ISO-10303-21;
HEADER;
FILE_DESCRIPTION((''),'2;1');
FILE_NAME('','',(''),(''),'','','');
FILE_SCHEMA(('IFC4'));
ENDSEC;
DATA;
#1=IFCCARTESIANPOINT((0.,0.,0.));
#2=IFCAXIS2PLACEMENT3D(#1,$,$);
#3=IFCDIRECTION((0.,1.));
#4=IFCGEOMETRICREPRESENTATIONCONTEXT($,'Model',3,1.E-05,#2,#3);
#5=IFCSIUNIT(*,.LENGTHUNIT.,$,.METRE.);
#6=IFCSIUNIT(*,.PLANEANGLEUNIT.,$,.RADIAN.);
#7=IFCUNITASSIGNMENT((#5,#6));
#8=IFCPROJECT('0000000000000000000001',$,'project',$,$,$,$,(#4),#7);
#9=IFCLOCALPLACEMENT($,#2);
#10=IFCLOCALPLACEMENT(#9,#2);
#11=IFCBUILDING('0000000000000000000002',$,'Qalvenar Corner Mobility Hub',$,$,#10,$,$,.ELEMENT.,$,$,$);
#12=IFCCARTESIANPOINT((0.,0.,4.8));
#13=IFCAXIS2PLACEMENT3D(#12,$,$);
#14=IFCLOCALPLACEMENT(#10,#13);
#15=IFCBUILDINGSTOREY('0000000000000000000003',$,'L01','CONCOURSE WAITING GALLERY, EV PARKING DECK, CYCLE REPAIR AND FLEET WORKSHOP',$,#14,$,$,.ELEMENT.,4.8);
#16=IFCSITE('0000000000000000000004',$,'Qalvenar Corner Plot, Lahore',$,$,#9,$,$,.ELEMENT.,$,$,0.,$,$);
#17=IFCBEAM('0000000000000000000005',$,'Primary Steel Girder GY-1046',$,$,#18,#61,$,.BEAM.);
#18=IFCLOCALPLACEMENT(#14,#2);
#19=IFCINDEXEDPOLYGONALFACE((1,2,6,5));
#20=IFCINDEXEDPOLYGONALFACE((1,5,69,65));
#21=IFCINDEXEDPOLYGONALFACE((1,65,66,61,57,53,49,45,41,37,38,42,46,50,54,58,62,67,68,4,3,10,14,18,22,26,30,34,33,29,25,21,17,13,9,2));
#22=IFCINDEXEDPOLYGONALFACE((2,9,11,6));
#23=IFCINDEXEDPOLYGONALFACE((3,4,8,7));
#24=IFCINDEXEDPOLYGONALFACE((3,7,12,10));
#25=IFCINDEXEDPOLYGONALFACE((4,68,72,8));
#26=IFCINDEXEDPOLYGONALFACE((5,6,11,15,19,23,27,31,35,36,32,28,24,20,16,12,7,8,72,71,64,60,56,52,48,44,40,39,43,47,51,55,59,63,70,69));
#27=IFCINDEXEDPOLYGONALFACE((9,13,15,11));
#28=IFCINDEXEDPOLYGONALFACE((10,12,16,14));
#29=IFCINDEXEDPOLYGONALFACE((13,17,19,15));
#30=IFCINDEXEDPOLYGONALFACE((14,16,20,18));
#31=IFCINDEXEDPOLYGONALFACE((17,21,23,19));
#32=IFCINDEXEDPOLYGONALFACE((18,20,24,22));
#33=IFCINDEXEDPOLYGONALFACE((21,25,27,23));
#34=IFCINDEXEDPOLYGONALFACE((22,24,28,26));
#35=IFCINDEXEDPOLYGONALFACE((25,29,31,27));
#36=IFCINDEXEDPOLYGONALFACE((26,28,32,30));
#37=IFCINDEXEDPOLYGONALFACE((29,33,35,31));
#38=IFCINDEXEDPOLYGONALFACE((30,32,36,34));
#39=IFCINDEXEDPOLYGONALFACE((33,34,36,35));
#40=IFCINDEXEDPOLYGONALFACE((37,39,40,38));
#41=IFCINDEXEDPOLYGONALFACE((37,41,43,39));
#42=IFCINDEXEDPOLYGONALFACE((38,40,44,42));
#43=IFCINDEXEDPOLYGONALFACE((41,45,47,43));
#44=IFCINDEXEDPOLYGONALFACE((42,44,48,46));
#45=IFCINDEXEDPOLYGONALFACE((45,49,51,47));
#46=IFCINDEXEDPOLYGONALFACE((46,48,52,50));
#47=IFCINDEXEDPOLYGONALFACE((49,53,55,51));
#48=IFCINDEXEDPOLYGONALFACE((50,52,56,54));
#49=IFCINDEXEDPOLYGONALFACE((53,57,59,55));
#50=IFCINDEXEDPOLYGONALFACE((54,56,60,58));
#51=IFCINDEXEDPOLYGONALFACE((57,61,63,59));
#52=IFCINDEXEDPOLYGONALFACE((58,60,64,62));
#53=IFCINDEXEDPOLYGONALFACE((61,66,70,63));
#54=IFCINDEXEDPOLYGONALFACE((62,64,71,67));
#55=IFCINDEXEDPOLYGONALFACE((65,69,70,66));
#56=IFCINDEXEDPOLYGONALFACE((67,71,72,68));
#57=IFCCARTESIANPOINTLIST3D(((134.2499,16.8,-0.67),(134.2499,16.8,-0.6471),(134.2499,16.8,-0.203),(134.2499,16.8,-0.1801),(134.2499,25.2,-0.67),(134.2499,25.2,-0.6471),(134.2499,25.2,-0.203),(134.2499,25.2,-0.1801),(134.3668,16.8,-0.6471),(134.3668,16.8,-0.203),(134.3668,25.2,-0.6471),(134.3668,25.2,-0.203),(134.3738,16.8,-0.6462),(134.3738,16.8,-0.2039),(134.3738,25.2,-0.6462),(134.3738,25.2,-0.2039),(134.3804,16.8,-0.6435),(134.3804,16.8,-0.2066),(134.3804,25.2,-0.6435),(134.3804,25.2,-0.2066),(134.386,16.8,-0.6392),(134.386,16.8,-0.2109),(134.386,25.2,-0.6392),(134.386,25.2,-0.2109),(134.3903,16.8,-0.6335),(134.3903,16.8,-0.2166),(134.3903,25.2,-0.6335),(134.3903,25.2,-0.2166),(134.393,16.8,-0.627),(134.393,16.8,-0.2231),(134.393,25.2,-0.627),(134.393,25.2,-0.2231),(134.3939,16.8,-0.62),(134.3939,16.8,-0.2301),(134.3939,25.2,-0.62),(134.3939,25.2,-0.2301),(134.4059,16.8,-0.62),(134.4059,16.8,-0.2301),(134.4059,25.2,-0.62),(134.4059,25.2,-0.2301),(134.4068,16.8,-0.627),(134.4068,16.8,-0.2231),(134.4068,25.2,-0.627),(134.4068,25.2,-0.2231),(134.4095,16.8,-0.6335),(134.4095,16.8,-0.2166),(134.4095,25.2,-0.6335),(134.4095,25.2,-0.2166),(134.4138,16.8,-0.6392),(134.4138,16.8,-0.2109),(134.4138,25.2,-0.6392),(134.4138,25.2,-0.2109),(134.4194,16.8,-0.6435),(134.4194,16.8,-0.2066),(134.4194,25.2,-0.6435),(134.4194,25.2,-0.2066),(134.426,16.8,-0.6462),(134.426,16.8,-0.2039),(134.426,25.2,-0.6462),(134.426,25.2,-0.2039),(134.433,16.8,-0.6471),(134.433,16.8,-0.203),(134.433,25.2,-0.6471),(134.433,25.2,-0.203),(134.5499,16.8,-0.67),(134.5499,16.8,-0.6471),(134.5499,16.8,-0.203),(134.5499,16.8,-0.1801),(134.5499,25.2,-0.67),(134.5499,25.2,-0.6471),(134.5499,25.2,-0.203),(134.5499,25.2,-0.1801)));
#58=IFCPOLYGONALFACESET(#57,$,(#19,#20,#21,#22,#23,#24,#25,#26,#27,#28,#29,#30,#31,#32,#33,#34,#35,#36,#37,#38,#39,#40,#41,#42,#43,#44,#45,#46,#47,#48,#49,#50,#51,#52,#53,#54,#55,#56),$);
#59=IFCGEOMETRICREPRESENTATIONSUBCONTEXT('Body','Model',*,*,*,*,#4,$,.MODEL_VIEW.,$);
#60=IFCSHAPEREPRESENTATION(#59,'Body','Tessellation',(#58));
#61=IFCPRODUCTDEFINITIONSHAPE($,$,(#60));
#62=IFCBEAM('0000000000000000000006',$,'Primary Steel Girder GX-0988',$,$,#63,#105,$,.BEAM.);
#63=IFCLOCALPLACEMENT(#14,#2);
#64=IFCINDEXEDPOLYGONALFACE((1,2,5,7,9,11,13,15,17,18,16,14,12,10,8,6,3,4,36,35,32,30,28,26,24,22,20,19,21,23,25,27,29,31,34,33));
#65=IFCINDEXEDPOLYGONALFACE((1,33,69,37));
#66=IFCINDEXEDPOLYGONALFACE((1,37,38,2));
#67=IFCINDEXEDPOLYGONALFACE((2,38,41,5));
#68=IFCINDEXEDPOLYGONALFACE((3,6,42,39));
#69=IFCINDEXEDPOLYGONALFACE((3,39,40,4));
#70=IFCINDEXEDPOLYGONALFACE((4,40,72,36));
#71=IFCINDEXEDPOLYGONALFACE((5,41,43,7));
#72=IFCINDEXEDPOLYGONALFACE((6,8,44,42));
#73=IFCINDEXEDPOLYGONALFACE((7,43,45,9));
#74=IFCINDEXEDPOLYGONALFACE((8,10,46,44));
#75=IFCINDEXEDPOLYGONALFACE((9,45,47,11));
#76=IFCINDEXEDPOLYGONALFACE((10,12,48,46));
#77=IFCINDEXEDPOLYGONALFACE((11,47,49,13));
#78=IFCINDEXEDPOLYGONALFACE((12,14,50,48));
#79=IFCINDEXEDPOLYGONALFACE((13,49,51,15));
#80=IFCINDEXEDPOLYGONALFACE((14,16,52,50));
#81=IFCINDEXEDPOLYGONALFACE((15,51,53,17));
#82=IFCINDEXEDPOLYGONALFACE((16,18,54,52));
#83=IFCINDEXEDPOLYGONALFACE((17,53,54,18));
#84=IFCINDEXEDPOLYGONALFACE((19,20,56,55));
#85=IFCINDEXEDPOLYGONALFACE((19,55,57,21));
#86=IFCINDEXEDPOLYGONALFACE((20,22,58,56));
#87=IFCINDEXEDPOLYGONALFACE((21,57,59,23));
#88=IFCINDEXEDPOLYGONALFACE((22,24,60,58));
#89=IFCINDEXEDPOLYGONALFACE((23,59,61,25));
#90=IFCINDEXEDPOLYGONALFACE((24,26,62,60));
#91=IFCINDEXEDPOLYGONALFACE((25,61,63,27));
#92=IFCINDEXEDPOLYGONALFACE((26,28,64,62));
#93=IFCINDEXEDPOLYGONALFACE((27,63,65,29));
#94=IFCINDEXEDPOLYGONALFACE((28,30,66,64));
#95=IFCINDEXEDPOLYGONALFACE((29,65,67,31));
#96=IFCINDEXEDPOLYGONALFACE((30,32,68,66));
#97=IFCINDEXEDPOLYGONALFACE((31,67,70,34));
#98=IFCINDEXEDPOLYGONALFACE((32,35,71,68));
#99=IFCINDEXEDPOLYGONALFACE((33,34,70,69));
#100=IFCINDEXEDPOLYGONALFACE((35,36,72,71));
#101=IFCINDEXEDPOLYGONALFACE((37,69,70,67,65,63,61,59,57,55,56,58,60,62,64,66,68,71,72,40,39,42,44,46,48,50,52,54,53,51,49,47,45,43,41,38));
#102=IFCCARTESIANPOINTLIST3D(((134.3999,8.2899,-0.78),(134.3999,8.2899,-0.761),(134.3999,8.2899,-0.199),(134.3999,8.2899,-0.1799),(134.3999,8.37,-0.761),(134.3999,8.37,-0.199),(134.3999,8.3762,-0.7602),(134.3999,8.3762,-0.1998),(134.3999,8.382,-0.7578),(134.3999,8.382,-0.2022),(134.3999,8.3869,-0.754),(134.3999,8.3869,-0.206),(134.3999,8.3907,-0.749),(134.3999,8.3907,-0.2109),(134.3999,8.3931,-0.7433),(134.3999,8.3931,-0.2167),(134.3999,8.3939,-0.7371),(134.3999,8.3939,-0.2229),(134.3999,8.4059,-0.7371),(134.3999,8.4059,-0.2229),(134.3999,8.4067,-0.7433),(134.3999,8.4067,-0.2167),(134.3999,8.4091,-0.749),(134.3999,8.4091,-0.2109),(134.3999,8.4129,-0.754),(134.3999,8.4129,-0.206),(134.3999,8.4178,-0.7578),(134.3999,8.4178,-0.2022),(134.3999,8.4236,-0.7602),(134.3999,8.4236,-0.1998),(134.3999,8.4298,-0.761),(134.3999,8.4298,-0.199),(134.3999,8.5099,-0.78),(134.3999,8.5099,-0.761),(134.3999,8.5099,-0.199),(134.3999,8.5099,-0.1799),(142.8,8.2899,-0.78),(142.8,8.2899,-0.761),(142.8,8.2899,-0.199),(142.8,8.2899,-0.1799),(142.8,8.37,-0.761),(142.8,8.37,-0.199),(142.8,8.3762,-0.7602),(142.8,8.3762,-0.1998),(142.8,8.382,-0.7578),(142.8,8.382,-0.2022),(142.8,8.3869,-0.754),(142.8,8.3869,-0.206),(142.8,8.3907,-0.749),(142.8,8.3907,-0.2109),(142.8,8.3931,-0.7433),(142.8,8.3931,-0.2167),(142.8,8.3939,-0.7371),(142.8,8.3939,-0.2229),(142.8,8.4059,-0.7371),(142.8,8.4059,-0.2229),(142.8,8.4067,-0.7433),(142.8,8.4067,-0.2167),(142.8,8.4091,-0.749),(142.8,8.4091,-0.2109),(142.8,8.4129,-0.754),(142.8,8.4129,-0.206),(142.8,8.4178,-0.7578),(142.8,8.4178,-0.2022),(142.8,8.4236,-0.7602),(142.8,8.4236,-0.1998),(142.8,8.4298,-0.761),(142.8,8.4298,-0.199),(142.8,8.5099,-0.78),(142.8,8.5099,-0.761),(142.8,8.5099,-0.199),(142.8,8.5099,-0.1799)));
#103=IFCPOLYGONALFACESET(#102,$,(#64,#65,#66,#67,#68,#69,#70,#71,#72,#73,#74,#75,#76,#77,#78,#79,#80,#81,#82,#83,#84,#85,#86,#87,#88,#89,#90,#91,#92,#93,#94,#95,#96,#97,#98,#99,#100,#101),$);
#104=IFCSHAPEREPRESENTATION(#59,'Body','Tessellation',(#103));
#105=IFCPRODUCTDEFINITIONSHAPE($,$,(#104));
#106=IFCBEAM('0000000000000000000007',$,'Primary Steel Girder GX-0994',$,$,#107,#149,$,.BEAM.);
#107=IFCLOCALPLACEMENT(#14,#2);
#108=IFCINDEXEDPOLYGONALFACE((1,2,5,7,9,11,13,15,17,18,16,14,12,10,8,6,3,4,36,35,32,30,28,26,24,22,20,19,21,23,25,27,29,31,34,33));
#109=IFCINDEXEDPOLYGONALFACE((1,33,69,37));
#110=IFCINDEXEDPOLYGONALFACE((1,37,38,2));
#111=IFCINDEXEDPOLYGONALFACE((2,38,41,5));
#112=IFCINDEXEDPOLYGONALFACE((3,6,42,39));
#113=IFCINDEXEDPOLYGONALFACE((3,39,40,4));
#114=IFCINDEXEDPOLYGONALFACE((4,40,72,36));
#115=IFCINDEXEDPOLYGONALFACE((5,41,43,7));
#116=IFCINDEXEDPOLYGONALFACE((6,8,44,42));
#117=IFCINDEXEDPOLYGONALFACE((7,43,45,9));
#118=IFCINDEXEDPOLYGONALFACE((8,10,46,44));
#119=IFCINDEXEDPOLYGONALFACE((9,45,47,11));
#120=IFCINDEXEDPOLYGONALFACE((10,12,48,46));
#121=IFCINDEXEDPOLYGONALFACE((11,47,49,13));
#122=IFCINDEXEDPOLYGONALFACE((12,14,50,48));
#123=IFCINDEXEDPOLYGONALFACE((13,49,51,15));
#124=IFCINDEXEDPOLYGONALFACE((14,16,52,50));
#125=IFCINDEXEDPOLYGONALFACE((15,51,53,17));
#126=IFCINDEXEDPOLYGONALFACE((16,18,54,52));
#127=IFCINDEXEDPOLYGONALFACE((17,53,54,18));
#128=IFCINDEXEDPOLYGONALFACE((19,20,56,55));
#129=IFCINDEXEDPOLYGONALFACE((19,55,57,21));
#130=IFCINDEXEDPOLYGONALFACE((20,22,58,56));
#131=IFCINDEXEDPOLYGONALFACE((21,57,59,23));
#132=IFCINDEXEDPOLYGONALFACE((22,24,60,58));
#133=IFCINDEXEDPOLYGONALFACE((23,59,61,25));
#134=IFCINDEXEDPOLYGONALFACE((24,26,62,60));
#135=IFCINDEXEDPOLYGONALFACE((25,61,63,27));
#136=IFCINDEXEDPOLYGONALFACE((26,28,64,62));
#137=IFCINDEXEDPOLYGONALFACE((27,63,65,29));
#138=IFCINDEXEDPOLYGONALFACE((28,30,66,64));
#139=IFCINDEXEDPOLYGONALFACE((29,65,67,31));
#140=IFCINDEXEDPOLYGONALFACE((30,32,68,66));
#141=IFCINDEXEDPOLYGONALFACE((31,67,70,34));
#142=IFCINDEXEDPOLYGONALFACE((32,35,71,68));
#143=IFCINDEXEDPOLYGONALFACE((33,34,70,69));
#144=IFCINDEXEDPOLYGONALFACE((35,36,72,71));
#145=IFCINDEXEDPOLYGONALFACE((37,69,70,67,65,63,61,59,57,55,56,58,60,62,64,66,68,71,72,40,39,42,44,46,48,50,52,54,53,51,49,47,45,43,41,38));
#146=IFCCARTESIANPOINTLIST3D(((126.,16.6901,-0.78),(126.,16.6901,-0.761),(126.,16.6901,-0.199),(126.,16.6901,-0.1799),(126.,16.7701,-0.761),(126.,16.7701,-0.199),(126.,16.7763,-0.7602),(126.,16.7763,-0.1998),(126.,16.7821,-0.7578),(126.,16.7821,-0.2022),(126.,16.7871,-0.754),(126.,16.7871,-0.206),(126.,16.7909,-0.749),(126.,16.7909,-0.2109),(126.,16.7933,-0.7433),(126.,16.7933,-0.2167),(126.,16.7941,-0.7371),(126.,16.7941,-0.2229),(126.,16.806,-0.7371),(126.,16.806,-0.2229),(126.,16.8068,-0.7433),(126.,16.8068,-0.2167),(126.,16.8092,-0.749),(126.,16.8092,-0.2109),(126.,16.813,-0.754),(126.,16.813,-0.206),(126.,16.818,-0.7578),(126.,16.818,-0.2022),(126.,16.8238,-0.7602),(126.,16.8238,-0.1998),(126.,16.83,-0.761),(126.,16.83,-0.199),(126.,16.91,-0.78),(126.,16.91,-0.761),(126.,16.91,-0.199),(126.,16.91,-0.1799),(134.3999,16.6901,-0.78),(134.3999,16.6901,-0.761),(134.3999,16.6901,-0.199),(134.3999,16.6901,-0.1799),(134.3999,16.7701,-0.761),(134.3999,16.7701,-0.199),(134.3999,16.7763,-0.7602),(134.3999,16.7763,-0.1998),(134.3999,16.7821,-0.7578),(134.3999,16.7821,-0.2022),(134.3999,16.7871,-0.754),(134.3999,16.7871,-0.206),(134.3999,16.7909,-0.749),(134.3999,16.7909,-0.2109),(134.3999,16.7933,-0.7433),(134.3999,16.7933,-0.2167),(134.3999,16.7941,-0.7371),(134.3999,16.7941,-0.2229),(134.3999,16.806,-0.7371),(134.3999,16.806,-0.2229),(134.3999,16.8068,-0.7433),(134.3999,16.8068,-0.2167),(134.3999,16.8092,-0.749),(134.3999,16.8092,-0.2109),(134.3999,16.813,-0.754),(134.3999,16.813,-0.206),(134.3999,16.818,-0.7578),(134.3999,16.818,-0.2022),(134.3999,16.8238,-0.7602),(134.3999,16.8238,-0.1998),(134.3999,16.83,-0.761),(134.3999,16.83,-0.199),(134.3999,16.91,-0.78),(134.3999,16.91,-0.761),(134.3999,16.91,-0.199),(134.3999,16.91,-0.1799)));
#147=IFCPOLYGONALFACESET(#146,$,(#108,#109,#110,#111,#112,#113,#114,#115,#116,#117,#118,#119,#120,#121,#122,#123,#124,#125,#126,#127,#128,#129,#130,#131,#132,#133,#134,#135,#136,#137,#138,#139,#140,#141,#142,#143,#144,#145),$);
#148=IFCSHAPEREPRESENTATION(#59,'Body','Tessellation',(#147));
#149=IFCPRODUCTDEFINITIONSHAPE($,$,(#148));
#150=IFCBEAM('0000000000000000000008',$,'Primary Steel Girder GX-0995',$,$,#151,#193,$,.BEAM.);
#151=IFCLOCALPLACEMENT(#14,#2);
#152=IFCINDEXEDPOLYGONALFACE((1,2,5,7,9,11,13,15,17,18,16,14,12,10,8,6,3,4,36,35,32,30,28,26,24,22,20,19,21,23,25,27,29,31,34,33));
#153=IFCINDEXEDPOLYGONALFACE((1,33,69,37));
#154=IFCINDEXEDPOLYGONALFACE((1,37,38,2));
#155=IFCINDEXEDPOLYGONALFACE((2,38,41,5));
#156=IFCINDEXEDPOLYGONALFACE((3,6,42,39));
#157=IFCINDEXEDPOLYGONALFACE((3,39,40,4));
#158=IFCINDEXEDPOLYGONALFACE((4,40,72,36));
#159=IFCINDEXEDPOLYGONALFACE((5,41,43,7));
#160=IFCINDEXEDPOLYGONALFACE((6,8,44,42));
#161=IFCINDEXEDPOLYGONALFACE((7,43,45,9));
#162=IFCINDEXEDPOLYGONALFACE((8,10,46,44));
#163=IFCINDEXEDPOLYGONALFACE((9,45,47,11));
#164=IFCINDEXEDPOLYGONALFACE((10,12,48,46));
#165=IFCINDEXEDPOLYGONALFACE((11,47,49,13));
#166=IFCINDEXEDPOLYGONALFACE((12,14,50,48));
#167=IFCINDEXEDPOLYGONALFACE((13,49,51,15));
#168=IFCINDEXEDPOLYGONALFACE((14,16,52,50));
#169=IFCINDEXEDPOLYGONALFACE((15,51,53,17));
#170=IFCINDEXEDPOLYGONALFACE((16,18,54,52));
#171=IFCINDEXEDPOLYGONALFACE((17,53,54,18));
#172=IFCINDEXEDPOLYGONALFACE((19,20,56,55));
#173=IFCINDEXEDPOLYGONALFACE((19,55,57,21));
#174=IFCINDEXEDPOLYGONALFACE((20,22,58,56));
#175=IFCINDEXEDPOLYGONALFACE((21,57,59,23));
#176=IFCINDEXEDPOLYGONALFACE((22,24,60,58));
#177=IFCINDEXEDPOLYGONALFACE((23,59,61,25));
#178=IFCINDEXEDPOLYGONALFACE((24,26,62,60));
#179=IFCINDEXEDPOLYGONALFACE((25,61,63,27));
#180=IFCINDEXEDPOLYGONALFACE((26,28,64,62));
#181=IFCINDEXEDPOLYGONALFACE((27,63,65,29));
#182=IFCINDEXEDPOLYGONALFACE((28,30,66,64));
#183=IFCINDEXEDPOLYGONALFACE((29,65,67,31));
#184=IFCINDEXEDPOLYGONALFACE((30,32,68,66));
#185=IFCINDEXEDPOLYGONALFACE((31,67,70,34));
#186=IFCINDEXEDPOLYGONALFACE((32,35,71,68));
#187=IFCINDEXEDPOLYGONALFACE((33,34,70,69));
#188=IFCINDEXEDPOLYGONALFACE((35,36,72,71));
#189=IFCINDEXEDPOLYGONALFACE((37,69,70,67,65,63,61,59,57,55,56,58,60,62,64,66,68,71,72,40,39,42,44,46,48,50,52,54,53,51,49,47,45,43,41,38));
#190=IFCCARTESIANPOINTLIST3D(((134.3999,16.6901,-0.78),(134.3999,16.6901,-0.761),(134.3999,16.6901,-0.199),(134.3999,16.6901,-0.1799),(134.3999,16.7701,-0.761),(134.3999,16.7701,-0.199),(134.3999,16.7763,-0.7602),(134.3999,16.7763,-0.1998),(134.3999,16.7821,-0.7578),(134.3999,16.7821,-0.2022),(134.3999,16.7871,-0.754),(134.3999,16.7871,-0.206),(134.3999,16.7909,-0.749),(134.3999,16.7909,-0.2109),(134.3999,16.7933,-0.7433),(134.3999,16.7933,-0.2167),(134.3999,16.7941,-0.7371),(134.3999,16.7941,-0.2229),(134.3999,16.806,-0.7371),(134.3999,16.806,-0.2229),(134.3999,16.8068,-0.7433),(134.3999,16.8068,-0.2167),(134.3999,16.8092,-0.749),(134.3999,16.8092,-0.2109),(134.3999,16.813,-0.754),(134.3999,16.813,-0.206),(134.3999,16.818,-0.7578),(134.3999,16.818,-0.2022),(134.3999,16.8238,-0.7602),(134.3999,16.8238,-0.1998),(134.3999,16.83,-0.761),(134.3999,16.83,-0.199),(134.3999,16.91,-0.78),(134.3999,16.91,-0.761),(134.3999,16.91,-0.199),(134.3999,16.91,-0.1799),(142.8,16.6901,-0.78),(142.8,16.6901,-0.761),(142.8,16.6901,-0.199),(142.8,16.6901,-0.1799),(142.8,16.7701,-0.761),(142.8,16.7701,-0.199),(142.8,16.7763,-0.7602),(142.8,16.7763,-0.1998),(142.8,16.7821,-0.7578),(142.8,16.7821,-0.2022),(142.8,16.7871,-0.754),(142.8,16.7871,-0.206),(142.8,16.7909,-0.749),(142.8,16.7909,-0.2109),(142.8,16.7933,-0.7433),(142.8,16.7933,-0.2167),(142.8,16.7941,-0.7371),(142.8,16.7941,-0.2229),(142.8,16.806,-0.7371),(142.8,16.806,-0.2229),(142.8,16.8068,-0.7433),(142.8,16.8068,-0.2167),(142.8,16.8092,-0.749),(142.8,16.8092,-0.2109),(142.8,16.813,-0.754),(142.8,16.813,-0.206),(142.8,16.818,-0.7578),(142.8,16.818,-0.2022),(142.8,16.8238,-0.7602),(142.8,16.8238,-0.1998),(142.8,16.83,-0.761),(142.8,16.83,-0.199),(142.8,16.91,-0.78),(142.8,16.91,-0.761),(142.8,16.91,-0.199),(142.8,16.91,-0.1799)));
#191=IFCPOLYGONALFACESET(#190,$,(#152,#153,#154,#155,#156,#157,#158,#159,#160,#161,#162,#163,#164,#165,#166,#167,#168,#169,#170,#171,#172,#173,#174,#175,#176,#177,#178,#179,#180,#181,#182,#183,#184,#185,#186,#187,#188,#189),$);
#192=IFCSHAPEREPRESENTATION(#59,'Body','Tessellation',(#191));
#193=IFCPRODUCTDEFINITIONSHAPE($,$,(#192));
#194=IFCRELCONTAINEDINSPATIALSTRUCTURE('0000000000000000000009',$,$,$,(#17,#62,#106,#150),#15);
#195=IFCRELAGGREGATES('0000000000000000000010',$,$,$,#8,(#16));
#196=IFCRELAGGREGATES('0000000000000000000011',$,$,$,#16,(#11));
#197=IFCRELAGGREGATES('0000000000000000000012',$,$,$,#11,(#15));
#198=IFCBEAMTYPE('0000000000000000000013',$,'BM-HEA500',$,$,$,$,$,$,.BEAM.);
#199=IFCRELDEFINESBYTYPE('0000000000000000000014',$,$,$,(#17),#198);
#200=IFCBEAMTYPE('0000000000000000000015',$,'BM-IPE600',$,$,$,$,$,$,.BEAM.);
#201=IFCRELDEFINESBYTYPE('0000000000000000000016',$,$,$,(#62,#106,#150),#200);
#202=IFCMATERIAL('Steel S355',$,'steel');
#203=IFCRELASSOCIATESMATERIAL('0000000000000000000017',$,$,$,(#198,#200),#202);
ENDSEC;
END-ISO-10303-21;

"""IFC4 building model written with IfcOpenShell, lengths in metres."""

from ifc_helpers import new_model, si_unit, direction, frame, origin, origin_2d, place, context, subcontext, project, spatial, i_section, extrude, material, material_profile, profile_set, type_object, element, save


model = new_model("IFC4")

# Units and contexts
model_context = context("Model", 3, precision=1e-05, world=origin(), true_north=direction((0.0, 1.0)))
body_context = subcontext(model_context, "Body", "Model", "MODEL_VIEW")
ifc_project = project(units=[si_unit("LENGTHUNIT", "METRE"), si_unit("PLANEANGLEUNIT", "RADIAN")], contexts=[model_context])

# Site, building, storey
site_placement = place(None, origin())
site = spatial("IfcSite", under=ifc_project, at=site_placement, Name="Qalvenar Corner Plot, Lahore", CompositionType="ELEMENT", RefElevation=0.0)
building_placement = place(site_placement, origin())
building = spatial("IfcBuilding", under=site, at=building_placement, Name="Qalvenar Corner Mobility Hub", CompositionType="ELEMENT")
storey_placement = place(building_placement, frame((0.0, 0.0, 4.8)))
storey = spatial("IfcBuildingStorey", under=building, at=storey_placement, Name="L01", Description="CONCOURSE WAITING GALLERY, EV PARKING DECK, CYCLE REPAIR AND FLEET WORKSHOP", CompositionType="ELEMENT", Elevation=4.8)

# Shared definitions
ifc_material_1 = material(Name="Steel S355", Category="steel")

# Beams
ifc_material_profile_1 = material_profile(ifc_material_1, i_section(OverallWidth=0.3, OverallDepth=0.49, WebThickness=0.012, FlangeThickness=0.0229, FilletRadius=0.0271, at=origin_2d()), Name="HEA500")
ifc_profile_set_1 = profile_set([ifc_material_profile_1], Name="Steel S355")
beam_type_1 = type_object("IfcBeamType", Name="BM-HEA500", PredefinedType="BEAM", material=ifc_profile_set_1)
beam_1_placement = place(storey_placement, frame((134.3999, 16.8, -0.425), z_axis=(0.0, 1.0, 0.0), x_axis=(-1.0, 0.0, 0.0)))
element("IfcBeam", 1, at=beam_1_placement, inside=storey, type_object=beam_type_1, Name="Primary Steel Girder GY-1046", PredefinedType="BEAM", context=body_context, shape_type="SweptSolid", body=[
    extrude(i_section(OverallWidth=0.3, OverallDepth=0.49, WebThickness=0.012, FlangeThickness=0.0229, FilletRadius=0.0271, at=origin_2d()), origin(), (0.0, 0.0, 1.0), 8.3999),
])
ifc_material_profile_2 = material_profile(ifc_material_1, i_section(OverallWidth=0.22, OverallDepth=0.6001, WebThickness=0.012, FlangeThickness=0.019, FilletRadius=0.0239, at=origin_2d()), Name="IPE600")
ifc_profile_set_2 = profile_set([ifc_material_profile_2], Name="Steel S355")
beam_type_2 = type_object("IfcBeamType", Name="BM-IPE600", PredefinedType="BEAM", material=ifc_profile_set_2)
beam_2_placement = place(storey_placement, frame((134.3999, 8.3999, -0.48), z_axis=(1.0, 0.0, 0.0), x_axis=(0.0, 1.0, 0.0)))
element("IfcBeam", 2, at=beam_2_placement, inside=storey, type_object=beam_type_2, Name="Primary Steel Girder GX-0988", PredefinedType="BEAM", context=body_context, shape_type="SweptSolid", body=[
    extrude(i_section(OverallWidth=0.22, OverallDepth=0.6001, WebThickness=0.012, FlangeThickness=0.019, FilletRadius=0.0239, at=origin_2d()), origin(), (0.0, 0.0, 1.0), 8.4001),
])
beam_3_placement = place(storey_placement, frame((126.0, 16.8, -0.48), z_axis=(1.0, 0.0, 0.0), x_axis=(0.0, 1.0, 0.0)))
element("IfcBeam", 3, at=beam_3_placement, inside=storey, type_object=beam_type_2, Name="Primary Steel Girder GX-0994", PredefinedType="BEAM", context=body_context, shape_type="SweptSolid", body=[
    extrude(i_section(OverallWidth=0.22, OverallDepth=0.6001, WebThickness=0.012, FlangeThickness=0.019, FilletRadius=0.0239, at=origin_2d()), origin(), (0.0, 0.0, 1.0), 8.3999),
])
beam_4_placement = place(storey_placement, frame((134.3999, 16.8, -0.48), z_axis=(1.0, 0.0, 0.0), x_axis=(0.0, 1.0, 0.0)))
element("IfcBeam", 4, at=beam_4_placement, inside=storey, type_object=beam_type_2, Name="Primary Steel Girder GX-0995", PredefinedType="BEAM", context=body_context, shape_type="SweptSolid", body=[
    extrude(i_section(OverallWidth=0.22, OverallDepth=0.6001, WebThickness=0.012, FlangeThickness=0.019, FilletRadius=0.0239, at=origin_2d()), origin(), (0.0, 0.0, 1.0), 8.4001),
])

save(model, "model.ifc")
